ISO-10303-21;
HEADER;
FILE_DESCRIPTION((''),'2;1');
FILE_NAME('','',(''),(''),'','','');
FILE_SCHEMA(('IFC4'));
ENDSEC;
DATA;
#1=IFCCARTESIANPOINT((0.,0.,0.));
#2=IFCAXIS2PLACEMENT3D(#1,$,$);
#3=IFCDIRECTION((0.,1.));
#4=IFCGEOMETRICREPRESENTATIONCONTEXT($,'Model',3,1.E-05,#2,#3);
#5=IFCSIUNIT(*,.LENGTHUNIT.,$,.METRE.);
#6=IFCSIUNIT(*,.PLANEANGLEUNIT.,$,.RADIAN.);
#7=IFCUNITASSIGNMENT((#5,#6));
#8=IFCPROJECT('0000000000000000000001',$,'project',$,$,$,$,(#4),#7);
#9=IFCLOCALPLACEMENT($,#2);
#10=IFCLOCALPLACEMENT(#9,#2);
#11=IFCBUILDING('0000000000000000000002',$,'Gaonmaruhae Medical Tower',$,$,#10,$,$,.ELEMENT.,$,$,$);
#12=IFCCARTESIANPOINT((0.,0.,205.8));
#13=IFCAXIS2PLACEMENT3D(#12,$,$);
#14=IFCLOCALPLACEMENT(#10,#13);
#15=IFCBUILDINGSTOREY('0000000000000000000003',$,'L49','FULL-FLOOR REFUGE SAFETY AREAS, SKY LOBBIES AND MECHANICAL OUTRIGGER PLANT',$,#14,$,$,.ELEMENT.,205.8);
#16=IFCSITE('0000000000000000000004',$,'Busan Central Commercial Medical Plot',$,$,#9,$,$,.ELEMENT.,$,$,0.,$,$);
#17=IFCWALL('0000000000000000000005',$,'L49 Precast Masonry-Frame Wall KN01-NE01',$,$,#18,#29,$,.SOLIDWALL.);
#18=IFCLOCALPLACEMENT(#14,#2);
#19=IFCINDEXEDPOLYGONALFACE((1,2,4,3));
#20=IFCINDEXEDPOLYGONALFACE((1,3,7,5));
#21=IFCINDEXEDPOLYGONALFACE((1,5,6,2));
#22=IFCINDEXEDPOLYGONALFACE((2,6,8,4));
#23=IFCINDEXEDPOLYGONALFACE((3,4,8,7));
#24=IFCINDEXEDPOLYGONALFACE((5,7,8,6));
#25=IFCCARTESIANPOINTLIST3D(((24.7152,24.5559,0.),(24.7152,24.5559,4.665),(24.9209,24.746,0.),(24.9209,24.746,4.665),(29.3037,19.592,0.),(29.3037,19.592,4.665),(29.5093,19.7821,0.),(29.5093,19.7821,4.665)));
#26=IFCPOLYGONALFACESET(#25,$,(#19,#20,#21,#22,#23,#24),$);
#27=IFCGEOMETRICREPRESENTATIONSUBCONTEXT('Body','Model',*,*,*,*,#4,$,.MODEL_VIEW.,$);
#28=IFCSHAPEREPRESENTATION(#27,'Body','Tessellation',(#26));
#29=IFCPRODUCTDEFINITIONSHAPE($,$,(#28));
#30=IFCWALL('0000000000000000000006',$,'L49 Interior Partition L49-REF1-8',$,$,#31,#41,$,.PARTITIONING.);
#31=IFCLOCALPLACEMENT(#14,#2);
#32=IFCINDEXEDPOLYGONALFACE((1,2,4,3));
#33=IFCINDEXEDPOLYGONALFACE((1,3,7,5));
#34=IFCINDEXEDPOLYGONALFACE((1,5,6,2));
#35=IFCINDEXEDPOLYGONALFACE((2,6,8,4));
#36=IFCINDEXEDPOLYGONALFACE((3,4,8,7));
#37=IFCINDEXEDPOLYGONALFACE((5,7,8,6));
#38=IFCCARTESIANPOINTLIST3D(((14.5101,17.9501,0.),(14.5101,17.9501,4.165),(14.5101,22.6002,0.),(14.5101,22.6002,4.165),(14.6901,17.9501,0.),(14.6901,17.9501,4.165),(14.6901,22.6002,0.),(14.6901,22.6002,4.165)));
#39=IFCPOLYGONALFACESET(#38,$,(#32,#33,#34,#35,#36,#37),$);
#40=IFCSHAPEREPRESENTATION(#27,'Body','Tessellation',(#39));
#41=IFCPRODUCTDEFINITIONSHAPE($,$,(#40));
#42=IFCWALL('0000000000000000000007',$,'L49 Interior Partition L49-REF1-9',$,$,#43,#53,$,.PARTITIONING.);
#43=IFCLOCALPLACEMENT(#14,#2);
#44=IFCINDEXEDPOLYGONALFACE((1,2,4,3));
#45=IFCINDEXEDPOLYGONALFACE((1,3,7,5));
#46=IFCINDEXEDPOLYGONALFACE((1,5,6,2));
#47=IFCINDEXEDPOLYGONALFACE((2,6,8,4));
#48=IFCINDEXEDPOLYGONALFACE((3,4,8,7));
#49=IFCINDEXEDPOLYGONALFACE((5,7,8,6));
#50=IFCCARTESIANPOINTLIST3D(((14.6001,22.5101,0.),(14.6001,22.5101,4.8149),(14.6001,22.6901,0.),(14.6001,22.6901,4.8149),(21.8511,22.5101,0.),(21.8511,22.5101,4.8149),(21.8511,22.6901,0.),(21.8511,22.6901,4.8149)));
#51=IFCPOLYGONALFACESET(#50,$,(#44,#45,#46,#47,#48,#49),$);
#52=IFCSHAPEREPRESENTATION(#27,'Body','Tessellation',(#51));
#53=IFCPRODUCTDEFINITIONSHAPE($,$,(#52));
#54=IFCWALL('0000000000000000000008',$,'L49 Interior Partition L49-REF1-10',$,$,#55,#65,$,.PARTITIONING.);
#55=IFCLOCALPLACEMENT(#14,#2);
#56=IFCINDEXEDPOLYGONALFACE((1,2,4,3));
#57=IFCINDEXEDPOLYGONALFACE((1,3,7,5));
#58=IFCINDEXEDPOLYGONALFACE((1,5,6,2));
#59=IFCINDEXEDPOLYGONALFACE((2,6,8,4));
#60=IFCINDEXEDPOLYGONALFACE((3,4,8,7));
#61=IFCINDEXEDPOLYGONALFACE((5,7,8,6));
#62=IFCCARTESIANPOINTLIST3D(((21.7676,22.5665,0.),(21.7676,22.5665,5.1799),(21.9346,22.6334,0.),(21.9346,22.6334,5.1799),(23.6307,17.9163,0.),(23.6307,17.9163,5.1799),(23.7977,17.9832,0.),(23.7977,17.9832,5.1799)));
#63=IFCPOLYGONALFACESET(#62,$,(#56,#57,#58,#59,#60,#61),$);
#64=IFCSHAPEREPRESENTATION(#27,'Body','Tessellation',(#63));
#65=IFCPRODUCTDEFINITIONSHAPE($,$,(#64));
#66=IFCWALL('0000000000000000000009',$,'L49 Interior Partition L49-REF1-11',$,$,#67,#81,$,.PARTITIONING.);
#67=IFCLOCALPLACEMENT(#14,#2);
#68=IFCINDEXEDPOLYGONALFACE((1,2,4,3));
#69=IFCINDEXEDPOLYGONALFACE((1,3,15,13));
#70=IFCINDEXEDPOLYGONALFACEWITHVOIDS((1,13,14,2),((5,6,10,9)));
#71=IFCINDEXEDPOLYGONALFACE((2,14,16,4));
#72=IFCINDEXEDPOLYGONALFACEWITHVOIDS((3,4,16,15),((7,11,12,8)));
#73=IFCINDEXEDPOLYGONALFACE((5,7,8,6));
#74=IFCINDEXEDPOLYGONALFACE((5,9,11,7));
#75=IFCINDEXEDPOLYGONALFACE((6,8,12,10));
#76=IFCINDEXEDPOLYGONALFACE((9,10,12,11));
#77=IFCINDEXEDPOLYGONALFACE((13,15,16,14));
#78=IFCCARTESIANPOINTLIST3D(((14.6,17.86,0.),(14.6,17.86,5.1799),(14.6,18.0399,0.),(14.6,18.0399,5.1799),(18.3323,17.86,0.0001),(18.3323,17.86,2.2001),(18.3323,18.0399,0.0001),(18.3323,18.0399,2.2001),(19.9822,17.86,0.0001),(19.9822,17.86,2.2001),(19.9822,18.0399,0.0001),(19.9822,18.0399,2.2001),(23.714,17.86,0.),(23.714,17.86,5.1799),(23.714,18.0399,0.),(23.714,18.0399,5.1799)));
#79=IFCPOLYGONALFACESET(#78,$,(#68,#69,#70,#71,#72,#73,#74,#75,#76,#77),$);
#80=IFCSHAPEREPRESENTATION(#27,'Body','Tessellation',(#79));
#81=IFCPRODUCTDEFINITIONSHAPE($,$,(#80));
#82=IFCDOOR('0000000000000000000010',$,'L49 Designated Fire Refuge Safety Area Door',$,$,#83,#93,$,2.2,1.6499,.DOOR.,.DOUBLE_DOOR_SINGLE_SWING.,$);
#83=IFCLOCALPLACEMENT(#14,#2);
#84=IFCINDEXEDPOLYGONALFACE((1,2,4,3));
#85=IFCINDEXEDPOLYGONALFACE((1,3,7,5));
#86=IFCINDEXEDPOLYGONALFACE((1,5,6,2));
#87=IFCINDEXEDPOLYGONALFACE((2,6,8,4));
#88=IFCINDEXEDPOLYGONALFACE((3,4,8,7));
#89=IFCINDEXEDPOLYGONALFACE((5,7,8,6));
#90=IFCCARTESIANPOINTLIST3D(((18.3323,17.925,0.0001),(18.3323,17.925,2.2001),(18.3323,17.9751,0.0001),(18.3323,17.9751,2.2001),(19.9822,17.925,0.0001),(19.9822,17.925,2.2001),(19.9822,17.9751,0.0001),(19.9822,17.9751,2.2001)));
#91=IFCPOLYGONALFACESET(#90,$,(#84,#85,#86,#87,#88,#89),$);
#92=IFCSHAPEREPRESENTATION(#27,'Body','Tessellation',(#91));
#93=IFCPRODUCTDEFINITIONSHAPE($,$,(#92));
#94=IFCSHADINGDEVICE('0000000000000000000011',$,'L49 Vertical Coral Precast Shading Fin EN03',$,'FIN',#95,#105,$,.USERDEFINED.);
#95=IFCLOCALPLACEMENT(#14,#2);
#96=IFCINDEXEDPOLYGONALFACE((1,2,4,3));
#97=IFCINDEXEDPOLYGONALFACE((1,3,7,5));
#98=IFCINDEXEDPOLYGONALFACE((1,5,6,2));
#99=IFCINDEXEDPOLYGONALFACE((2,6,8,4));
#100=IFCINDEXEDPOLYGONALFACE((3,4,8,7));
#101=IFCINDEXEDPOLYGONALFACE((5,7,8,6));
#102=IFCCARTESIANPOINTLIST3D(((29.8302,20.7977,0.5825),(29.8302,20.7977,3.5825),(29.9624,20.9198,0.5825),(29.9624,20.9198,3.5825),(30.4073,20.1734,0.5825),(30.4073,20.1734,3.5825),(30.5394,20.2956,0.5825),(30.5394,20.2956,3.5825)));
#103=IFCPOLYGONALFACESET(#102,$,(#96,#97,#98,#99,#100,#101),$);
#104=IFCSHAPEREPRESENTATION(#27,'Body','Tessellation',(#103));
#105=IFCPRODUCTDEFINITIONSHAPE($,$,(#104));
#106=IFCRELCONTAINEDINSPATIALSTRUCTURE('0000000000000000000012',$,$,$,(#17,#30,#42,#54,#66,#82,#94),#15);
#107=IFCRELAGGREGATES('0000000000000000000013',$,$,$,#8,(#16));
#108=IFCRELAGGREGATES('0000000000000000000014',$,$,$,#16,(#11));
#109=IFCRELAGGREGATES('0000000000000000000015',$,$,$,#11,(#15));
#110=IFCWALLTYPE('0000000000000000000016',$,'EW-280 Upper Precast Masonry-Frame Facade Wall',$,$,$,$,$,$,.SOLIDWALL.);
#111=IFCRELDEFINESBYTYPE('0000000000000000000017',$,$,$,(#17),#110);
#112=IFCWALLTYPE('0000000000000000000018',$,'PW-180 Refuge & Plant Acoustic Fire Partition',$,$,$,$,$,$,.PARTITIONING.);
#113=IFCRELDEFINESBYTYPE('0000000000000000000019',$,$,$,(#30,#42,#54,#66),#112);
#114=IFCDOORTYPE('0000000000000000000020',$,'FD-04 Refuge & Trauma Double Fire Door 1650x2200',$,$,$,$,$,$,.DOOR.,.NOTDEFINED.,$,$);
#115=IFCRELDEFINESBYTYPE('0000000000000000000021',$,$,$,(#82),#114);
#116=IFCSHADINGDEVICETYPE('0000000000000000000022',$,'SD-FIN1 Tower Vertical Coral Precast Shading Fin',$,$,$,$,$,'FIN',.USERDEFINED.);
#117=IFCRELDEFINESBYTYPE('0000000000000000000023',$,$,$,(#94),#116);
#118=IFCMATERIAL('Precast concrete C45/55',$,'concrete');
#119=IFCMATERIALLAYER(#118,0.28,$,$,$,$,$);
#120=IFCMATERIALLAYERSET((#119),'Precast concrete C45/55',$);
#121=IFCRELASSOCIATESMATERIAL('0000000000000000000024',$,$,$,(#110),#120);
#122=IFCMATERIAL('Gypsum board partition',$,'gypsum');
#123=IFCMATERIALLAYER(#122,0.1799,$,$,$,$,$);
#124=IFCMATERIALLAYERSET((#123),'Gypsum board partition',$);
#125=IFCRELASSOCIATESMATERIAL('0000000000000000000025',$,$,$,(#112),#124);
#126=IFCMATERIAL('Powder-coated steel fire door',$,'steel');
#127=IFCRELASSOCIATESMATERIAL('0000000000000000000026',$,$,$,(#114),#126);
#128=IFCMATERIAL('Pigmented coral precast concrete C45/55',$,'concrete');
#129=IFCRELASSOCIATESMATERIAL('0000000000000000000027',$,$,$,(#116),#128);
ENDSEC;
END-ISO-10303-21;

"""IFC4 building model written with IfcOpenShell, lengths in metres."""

from ifc_helpers import new_model, si_unit, direction, frame, frame_2d, origin, origin_2d, place, context, subcontext, project, spatial, rectangle, extrude, material, layer, layer_set, type_object, element, fill, save


model = new_model("IFC4")

# Units and contexts
model_context = context("Model", 3, precision=1e-05, world=origin(), true_north=direction((0.0, 1.0)))
body_context = subcontext(model_context, "Body", "Model", "MODEL_VIEW")
ifc_project = project(units=[si_unit("LENGTHUNIT", "METRE"), si_unit("PLANEANGLEUNIT", "RADIAN")], contexts=[model_context])

# Site, building, storey
site_placement = place(None, origin())
site = spatial("IfcSite", under=ifc_project, at=site_placement, Name="Busan Central Commercial Medical Plot", CompositionType="ELEMENT", RefElevation=0.0)
building_placement = place(site_placement, origin())
building = spatial("IfcBuilding", under=site, at=building_placement, Name="Gaonmaruhae Medical Tower", CompositionType="ELEMENT")
storey_placement = place(building_placement, frame((0.0, 0.0, 205.8)))
storey = spatial("IfcBuildingStorey", under=building, at=storey_placement, Name="L49", Description="FULL-FLOOR REFUGE SAFETY AREAS, SKY LOBBIES AND MECHANICAL OUTRIGGER PLANT", CompositionType="ELEMENT", Elevation=205.8)

# Walls
ifc_material_1 = material(Name="Precast concrete C45/55", Category="concrete")
ifc_layer_1 = layer(ifc_material_1, 0.28)
ifc_layer_set_1 = layer_set([ifc_layer_1], Name="Precast concrete C45/55")
wall_type_1 = type_object("IfcWallType", Name="EW-280 Upper Precast Masonry-Frame Facade Wall", PredefinedType="SOLIDWALL", material=ifc_layer_set_1)
wall_1_placement = place(storey_placement, frame((29.4065, 19.687, 0.0), z_axis=(0.0, 0.0, 1.0), x_axis=(-0.678787, 0.734335, 0.0)))
element("IfcWall", 1, at=wall_1_placement, inside=storey, type_object=wall_type_1, Name="L49 Precast Masonry-Frame Wall KN01-NE01", PredefinedType="SOLIDWALL", context=body_context, shape_type="SweptSolid", body=[
    extrude(rectangle(XDim=6.7598, YDim=0.28, at=frame_2d((3.3799, 0.0))), origin(), (0.0, 0.0, 1.0), 4.665),
])
ifc_material_2 = material(Name="Gypsum board partition", Category="gypsum")
ifc_layer_2 = layer(ifc_material_2, 0.1799)
ifc_layer_set_2 = layer_set([ifc_layer_2], Name="Gypsum board partition")
wall_type_2 = type_object("IfcWallType", Name="PW-180 Refuge & Plant Acoustic Fire Partition", PredefinedType="PARTITIONING", material=ifc_layer_set_2)
wall_2_placement = place(storey_placement, frame((14.6001, 17.95, 0.0), z_axis=(0.0, 0.0, 1.0), x_axis=(0.0, 1.0, 0.0)))
element("IfcWall", 2, at=wall_2_placement, inside=storey, type_object=wall_type_2, Name="L49 Interior Partition L49-REF1-8", PredefinedType="PARTITIONING", context=body_context, shape_type="SweptSolid", body=[
    extrude(rectangle(XDim=4.6501, YDim=0.1799, at=frame_2d((2.3252, 0.0))), origin(), (0.0, 0.0, 1.0), 4.165),
])
wall_3_placement = place(storey_placement, frame((14.6001, 22.6001, 0.0), z_axis=(0.0, 0.0, 1.0), x_axis=(1.0, 0.0, 0.0)))
element("IfcWall", 3, at=wall_3_placement, inside=storey, type_object=wall_type_2, Name="L49 Interior Partition L49-REF1-9", PredefinedType="PARTITIONING", context=body_context, shape_type="SweptSolid", body=[
    extrude(rectangle(XDim=7.251, YDim=0.1799, at=frame_2d((3.6255, 0.0))), origin(), (0.0, 0.0, 1.0), 4.8149),
])
wall_4_placement = place(storey_placement, frame((21.8511, 22.6001, 0.0), z_axis=(0.0, 0.0, 1.0), x_axis=(0.371903, -0.928272, 0.0)))
element("IfcWall", 4, at=wall_4_placement, inside=storey, type_object=wall_type_2, Name="L49 Interior Partition L49-REF1-10", PredefinedType="PARTITIONING", context=body_context, shape_type="SweptSolid", body=[
    extrude(rectangle(XDim=5.0095, YDim=0.1799, at=frame_2d((2.5049, 0.0))), origin(), (0.0, 0.0, 1.0), 5.1799),
])

# Wall, opening, door
wall_5_placement = place(storey_placement, frame((23.7141, 17.95, 0.0), z_axis=(0.0, 0.0, 1.0), x_axis=(-1.0, 0.0, 0.0)))
wall_5 = element("IfcWall", 5, at=wall_5_placement, inside=storey, type_object=wall_type_2, Name="L49 Interior Partition L49-REF1-11", PredefinedType="PARTITIONING", context=body_context, shape_type="SweptSolid", body=[
    extrude(rectangle(XDim=9.114, YDim=0.1799, at=frame_2d((4.5571, 0.0))), origin(), (0.0, 0.0, 1.0), 5.1799),
])
opening_placement = place(wall_5_placement, frame((3.7319, 0.0, 0.0)))
opening = element("IfcOpeningElement", 6, at=opening_placement, cuts=wall_5, PredefinedType="OPENING", context=body_context, shape_type="SweptSolid", body=[
    extrude(rectangle(XDim=1.6499, YDim=2.2, at=frame_2d((0.825, 1.1001))), frame((0.0, 0.1001, 0.0), z_axis=(0.0, -1.0, 0.0), x_axis=(1.0, 0.0, 0.0)), (0.0, 0.0, 1.0), 0.2),
])
ifc_material_3 = material(Name="Powder-coated steel fire door", Category="steel")
door_type = type_object("IfcDoorType", Name="FD-04 Refuge & Trauma Double Fire Door 1650x2200", OperationType="NOTDEFINED", PredefinedType="DOOR", material=ifc_material_3)
door_placement = place(opening_placement, origin())
door = element("IfcDoor", 7, at=door_placement, inside=storey, type_object=door_type, Name="L49 Designated Fire Refuge Safety Area Door", OperationType="DOUBLE_DOOR_SINGLE_SWING", OverallHeight=2.2, OverallWidth=1.6499, PredefinedType="DOOR", context=body_context, shape_type="SweptSolid", body=[
    extrude(rectangle(XDim=1.6499, YDim=2.2, at=frame_2d((0.825, 1.1001))), frame((0.0, 0.0249, 0.0), z_axis=(0.0, -1.0, 0.0), x_axis=(1.0, 0.0, 0.0)), (0.0, 0.0, 1.0), 0.05),
])
fill(opening, door)

# Shading device
ifc_material_4 = material(Name="Pigmented coral precast concrete C45/55", Category="concrete")
shading_device_type = type_object("IfcShadingDeviceType", Name="SD-FIN1 Tower Vertical Coral Precast Shading Fin", ElementType="FIN", PredefinedType="USERDEFINED", material=ifc_material_4)
shading_device_placement = place(storey_placement, frame((30.1848, 20.5466, 0.5825), z_axis=(0.0, 0.0, 1.0), x_axis=(0.734323, 0.678801, 0.0)))
element("IfcShadingDevice", 8, at=shading_device_placement, inside=storey, type_object=shading_device_type, Name="L49 Vertical Coral Precast Shading Fin EN03", ObjectType="FIN", PredefinedType="USERDEFINED", context=body_context, shape_type="SweptSolid", body=[
    extrude(rectangle(XDim=0.1799, YDim=0.8501, at=origin_2d()), origin(), (0.0, 0.0, 1.0), 3.0),
])

save(model, "model.ifc")
